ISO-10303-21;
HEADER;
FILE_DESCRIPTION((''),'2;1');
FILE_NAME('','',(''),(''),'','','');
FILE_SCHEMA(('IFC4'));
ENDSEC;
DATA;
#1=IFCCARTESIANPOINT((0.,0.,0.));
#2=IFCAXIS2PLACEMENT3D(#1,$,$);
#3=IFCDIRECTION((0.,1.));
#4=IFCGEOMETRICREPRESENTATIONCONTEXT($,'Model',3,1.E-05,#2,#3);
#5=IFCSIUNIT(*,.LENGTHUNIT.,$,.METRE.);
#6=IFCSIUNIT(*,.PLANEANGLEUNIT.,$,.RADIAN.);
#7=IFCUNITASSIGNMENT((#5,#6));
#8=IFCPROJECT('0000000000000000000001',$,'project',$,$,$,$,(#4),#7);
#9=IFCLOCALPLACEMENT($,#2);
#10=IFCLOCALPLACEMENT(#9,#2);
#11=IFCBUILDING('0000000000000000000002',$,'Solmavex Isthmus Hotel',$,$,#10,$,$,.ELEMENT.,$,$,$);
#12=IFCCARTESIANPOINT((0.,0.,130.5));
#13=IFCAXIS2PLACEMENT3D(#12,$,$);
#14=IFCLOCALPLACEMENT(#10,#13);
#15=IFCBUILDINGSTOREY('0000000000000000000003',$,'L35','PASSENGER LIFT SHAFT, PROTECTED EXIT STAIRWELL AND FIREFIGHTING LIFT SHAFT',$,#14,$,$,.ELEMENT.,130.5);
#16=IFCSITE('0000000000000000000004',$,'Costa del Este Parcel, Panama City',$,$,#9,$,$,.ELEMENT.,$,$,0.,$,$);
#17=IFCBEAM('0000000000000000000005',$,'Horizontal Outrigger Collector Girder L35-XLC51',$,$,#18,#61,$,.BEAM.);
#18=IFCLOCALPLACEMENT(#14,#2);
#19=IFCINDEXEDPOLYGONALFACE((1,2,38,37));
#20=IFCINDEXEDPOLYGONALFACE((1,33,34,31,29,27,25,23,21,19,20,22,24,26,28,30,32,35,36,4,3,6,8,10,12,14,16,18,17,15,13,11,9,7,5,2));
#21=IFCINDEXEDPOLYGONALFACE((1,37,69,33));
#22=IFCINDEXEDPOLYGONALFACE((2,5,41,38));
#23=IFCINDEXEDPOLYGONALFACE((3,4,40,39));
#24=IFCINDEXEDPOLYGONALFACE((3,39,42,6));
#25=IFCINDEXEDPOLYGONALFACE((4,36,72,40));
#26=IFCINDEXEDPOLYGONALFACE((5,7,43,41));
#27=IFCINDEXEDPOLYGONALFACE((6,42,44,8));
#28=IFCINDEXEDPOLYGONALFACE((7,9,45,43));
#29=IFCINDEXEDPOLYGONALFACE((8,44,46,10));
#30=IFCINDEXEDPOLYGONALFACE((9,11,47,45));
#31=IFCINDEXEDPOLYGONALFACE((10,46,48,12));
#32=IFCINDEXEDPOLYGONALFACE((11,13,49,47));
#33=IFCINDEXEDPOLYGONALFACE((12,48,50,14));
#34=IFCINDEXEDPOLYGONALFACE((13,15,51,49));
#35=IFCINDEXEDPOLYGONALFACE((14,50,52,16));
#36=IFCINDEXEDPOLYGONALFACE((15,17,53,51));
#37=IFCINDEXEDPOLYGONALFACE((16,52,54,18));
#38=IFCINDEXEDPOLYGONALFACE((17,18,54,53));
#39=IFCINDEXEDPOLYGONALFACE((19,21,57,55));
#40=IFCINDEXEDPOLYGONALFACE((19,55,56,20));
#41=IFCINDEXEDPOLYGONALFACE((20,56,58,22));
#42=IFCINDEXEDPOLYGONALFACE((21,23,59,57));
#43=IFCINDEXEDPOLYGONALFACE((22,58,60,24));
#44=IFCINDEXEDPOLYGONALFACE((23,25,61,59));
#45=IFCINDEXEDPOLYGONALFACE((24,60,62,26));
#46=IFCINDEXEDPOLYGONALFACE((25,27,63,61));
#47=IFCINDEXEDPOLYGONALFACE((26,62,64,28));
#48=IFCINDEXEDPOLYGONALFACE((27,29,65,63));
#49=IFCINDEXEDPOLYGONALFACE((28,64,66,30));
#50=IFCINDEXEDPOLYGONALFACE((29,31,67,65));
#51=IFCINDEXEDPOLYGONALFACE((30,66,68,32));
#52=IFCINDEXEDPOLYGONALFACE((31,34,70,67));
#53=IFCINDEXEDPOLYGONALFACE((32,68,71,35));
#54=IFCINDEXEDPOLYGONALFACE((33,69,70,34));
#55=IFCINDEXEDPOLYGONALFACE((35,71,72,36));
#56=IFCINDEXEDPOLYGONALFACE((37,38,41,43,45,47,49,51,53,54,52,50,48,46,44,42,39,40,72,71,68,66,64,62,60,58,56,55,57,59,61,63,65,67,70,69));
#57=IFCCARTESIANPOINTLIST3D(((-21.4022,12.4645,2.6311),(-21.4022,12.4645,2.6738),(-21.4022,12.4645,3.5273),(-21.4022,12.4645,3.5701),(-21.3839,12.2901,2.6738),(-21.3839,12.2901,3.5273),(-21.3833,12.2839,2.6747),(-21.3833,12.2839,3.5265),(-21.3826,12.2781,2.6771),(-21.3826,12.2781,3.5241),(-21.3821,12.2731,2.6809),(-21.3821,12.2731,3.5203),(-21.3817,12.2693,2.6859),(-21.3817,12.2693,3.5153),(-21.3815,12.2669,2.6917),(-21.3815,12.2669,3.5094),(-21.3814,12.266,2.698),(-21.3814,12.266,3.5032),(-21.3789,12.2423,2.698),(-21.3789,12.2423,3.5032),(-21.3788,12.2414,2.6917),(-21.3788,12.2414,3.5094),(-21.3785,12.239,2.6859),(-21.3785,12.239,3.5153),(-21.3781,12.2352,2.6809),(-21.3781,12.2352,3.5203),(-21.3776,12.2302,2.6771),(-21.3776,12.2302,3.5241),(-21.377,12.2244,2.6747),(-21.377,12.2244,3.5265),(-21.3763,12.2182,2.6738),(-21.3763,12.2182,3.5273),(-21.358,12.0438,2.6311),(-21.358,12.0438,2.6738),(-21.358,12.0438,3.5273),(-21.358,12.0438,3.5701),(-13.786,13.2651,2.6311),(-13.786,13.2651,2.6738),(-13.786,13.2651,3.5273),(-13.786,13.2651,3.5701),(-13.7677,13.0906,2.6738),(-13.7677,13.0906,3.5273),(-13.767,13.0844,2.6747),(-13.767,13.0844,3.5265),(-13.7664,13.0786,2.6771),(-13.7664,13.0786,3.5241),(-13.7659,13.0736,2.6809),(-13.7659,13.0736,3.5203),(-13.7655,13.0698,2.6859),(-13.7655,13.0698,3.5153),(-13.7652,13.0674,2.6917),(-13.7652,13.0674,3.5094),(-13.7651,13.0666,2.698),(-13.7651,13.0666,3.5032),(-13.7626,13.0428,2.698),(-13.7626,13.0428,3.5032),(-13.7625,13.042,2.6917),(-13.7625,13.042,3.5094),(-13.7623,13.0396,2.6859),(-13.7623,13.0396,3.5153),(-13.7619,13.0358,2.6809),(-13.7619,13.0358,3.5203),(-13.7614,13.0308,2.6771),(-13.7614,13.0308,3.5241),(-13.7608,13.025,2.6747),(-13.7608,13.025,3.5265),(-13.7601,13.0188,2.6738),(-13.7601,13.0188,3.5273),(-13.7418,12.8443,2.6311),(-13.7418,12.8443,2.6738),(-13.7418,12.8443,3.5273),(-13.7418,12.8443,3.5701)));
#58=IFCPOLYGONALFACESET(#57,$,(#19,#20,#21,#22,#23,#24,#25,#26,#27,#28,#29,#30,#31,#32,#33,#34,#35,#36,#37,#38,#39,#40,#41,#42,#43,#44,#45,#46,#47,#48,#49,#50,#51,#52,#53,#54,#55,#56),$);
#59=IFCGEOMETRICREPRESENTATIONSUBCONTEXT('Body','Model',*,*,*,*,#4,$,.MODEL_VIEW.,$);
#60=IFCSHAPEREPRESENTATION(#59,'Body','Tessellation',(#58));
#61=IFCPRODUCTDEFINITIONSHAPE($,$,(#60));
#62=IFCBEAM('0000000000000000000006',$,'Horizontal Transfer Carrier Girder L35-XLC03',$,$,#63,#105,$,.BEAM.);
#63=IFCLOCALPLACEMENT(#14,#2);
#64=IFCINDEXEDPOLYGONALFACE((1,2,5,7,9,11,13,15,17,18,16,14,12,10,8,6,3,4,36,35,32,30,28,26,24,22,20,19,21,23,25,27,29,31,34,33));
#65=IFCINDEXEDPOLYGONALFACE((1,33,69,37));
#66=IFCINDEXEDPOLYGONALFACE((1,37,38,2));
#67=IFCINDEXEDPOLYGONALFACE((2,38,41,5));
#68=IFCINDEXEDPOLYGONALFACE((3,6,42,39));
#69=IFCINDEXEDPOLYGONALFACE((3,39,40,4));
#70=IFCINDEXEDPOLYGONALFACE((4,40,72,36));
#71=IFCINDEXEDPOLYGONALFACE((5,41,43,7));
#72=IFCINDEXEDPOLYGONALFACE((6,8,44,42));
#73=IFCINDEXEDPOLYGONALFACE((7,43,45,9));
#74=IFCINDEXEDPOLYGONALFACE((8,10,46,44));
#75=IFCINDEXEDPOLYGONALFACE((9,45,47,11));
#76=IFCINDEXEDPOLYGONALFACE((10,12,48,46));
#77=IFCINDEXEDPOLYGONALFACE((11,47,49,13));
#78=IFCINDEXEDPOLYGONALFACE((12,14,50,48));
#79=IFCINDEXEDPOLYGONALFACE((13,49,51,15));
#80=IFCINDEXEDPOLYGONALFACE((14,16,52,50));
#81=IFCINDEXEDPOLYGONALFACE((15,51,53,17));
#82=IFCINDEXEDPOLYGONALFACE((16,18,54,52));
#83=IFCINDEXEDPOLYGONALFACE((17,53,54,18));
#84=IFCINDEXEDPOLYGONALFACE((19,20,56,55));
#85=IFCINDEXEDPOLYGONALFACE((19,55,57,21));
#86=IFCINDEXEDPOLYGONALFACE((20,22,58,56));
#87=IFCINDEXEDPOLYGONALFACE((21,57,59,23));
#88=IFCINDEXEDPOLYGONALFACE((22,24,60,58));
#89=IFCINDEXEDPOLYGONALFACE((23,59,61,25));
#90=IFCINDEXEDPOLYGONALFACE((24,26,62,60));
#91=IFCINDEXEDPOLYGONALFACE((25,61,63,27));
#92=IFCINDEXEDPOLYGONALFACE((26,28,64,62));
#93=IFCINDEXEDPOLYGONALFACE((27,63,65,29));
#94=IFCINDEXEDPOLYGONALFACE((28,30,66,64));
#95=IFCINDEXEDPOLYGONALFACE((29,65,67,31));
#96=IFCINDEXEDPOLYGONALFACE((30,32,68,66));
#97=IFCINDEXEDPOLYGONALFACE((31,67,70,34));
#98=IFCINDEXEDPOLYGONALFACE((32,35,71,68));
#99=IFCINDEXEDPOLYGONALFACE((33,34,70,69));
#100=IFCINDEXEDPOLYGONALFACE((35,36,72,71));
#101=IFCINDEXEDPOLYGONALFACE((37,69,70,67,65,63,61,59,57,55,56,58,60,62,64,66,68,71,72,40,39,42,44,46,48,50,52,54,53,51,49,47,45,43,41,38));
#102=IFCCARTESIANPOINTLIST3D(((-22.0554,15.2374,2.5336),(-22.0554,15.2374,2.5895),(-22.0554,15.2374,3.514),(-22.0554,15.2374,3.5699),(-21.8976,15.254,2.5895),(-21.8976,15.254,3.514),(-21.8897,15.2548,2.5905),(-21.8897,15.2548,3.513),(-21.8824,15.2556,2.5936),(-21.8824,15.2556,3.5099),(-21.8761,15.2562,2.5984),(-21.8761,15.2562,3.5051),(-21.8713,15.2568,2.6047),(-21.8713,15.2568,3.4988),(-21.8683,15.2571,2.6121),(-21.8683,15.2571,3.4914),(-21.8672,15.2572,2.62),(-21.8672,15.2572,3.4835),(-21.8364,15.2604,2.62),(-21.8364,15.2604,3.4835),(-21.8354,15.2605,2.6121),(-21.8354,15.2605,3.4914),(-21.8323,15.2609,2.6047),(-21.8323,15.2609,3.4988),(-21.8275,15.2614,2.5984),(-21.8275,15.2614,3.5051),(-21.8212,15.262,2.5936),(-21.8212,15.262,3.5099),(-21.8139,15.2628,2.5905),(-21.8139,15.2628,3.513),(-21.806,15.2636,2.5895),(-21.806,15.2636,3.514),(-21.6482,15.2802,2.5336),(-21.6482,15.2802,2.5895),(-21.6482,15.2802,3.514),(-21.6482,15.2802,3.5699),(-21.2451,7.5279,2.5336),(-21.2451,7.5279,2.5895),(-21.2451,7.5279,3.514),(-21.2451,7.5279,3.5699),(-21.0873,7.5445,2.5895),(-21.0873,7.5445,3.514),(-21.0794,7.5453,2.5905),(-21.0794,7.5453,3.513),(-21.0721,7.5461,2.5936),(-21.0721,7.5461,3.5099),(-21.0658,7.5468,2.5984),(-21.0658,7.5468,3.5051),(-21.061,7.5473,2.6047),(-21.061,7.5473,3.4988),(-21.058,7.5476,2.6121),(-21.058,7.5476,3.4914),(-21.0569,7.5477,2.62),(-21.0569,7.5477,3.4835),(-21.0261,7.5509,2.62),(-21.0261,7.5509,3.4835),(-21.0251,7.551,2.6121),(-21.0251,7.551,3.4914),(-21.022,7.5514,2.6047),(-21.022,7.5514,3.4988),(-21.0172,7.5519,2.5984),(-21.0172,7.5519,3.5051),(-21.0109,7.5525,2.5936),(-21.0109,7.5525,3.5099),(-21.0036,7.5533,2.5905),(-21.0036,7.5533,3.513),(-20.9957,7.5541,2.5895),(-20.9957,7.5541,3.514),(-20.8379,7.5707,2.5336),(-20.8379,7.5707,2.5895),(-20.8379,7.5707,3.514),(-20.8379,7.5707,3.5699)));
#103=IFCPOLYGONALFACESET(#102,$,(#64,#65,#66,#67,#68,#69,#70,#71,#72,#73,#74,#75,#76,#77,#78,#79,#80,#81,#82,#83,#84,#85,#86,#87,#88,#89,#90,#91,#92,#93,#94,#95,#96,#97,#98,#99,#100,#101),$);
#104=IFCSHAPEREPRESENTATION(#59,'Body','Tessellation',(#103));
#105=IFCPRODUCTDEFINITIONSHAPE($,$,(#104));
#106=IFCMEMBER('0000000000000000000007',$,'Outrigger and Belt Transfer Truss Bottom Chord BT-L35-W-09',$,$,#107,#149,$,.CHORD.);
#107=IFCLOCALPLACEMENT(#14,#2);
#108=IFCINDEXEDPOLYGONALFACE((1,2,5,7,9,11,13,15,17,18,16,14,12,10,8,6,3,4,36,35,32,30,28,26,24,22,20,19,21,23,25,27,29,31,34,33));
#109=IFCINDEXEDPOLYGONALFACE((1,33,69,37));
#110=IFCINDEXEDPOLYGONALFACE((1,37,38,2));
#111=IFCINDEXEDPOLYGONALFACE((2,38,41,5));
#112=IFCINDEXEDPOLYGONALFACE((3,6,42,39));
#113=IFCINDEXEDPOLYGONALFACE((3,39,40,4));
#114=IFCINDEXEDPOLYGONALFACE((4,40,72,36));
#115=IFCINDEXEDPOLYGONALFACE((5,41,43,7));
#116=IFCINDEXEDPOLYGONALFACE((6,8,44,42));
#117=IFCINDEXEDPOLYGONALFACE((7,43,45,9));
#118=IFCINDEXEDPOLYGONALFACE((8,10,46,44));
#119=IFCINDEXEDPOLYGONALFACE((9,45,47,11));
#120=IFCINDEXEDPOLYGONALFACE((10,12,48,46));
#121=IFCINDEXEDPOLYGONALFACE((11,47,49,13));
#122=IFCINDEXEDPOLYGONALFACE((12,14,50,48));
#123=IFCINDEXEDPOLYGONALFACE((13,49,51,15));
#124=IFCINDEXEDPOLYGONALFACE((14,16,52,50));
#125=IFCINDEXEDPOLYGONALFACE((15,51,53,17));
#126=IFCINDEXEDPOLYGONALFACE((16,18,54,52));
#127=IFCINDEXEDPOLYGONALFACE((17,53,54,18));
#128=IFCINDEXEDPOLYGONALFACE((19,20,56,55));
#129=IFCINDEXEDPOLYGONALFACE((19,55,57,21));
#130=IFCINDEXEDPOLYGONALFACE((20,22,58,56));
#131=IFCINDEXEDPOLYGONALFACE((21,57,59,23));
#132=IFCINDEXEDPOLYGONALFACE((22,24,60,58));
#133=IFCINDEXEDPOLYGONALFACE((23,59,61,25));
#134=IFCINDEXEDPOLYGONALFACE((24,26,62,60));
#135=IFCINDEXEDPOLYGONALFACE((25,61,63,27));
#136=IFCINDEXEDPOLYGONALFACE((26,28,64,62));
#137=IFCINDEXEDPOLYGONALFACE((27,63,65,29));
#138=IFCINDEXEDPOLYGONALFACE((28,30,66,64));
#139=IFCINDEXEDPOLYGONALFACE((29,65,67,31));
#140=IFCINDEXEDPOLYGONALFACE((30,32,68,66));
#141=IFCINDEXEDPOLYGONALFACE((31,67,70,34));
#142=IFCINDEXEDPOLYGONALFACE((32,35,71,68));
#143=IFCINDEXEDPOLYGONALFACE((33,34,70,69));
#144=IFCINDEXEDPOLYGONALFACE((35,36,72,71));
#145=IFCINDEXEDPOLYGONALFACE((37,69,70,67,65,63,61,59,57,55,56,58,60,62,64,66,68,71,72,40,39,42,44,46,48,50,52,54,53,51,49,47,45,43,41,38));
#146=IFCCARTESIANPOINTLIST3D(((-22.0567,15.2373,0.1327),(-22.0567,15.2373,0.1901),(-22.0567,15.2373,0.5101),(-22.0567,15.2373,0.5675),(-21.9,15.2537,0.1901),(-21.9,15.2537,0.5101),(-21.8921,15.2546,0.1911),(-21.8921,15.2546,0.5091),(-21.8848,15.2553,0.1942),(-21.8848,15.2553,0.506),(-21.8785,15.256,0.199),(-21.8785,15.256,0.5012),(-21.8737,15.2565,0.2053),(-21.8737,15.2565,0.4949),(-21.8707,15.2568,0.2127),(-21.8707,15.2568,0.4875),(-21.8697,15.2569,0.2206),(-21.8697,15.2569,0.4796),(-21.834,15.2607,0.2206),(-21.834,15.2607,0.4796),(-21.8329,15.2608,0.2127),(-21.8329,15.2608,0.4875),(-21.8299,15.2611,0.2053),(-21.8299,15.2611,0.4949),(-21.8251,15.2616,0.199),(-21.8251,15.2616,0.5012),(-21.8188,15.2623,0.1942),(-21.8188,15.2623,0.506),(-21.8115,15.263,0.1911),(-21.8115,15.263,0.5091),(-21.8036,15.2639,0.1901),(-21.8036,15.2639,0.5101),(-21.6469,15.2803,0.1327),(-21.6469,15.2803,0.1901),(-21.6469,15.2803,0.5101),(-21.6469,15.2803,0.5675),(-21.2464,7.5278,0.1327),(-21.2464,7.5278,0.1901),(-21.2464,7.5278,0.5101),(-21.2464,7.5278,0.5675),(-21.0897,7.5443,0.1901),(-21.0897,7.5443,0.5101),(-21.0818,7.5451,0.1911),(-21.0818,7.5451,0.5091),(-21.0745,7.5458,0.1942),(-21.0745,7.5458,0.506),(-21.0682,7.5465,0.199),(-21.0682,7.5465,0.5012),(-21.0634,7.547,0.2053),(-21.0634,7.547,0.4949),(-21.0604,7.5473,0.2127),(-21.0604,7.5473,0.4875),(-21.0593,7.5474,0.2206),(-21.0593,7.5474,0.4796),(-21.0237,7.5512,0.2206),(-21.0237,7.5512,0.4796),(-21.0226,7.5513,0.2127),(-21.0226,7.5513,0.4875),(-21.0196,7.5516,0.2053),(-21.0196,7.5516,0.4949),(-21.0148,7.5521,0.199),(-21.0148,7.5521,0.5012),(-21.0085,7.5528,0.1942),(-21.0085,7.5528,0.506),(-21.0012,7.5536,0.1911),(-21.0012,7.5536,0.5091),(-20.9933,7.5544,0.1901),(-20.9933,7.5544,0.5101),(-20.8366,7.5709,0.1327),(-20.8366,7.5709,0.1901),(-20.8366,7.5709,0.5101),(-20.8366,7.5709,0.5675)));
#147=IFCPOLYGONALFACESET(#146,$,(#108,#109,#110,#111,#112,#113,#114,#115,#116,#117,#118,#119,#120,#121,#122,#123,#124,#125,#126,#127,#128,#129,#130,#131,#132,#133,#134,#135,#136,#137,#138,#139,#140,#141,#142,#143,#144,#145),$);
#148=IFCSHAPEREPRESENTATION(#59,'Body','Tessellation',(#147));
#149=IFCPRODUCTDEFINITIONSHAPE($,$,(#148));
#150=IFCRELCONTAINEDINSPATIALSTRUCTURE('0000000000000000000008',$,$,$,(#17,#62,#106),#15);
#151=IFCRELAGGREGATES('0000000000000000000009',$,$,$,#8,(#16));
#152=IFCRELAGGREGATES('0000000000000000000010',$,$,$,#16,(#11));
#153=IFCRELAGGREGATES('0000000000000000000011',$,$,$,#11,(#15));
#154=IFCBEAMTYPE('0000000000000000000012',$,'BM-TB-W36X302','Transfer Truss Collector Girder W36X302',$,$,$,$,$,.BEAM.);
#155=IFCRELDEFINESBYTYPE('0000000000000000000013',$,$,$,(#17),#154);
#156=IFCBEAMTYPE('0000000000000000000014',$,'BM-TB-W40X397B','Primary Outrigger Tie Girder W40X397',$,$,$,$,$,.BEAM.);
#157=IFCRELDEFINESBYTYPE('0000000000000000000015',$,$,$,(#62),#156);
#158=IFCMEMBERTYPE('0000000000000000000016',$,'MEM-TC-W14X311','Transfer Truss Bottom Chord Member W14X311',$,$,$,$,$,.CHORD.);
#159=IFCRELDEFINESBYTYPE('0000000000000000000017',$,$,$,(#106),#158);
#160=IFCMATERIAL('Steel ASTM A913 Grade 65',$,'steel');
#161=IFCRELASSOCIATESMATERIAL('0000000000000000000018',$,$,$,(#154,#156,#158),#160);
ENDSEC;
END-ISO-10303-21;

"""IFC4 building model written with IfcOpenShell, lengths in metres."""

from ifc_helpers import new_model, si_unit, direction, frame, origin, origin_2d, place, context, subcontext, project, spatial, i_section, extrude, material, material_profile, profile_set, type_object, element, save


model = new_model("IFC4")

# Units and contexts
model_context = context("Model", 3, precision=1e-05, world=origin(), true_north=direction((0.0, 1.0)))
body_context = subcontext(model_context, "Body", "Model", "MODEL_VIEW")
ifc_project = project(units=[si_unit("LENGTHUNIT", "METRE"), si_unit("PLANEANGLEUNIT", "RADIAN")], contexts=[model_context])

# Site, building, storey
site_placement = place(None, origin())
site = spatial("IfcSite", under=ifc_project, at=site_placement, Name="Costa del Este Parcel, Panama City", CompositionType="ELEMENT", RefElevation=0.0)
building_placement = place(site_placement, origin())
building = spatial("IfcBuilding", under=site, at=building_placement, Name="Solmavex Isthmus Hotel", CompositionType="ELEMENT")
storey_placement = place(building_placement, frame((0.0, 0.0, 130.5)))
storey = spatial("IfcBuildingStorey", under=building, at=storey_placement, Name="L35", Description="PASSENGER LIFT SHAFT, PROTECTED EXIT STAIRWELL AND FIREFIGHTING LIFT SHAFT", CompositionType="ELEMENT", Elevation=130.5)

# Shared definitions
ifc_material_1 = material(Name="Steel ASTM A913 Grade 65", Category="steel")

# Beams
ifc_material_profile_1 = material_profile(ifc_material_1, i_section(OverallWidth=0.4231, OverallDepth=0.939, WebThickness=0.0239, FlangeThickness=0.0427, FilletRadius=0.0242, at=origin_2d()), Name="W36X302")
ifc_profile_set_1 = profile_set([ifc_material_profile_1], Name="Steel ASTM A913 Grade 65")
beam_type_1 = type_object("IfcBeamType", Name="BM-TB-W36X302", Description="Transfer Truss Collector Girder W36X302", PredefinedType="BEAM", material=ifc_profile_set_1)
beam_1_placement = place(storey_placement, frame((-21.3801, 12.2542, 3.1006), z_axis=(0.994521, 0.104534, 0.0), x_axis=(-0.104534, 0.994521, 0.0)))
element("IfcBeam", 1, at=beam_1_placement, inside=storey, type_object=beam_type_1, Name="Horizontal Outrigger Collector Girder L35-XLC51", PredefinedType="BEAM", context=body_context, shape_type="SweptSolid", body=[
    extrude(i_section(OverallWidth=0.4231, OverallDepth=0.939, WebThickness=0.0239, FlangeThickness=0.0427, FilletRadius=0.0242, at=origin_2d()), origin(), (0.0, 0.0, 1.0), 7.6582),
])
ifc_material_profile_2 = material_profile(ifc_material_1, i_section(OverallWidth=0.4094, OverallDepth=1.0364, WebThickness=0.031, FlangeThickness=0.0559, FilletRadius=0.0305, at=origin_2d()), Name="W40X397")
ifc_profile_set_2 = profile_set([ifc_material_profile_2], Name="Steel ASTM A913 Grade 65")
beam_type_2 = type_object("IfcBeamType", Name="BM-TB-W40X397B", Description="Primary Outrigger Tie Girder W40X397", PredefinedType="BEAM", material=ifc_profile_set_2)
beam_2_placement = place(storey_placement, frame((-21.0415, 7.5493, 3.0518), z_axis=(-0.104529, 0.994522, 0.0), x_axis=(-0.994522, -0.104529, 0.0)))
element("IfcBeam", 2, at=beam_2_placement, inside=storey, type_object=beam_type_2, Name="Horizontal Transfer Carrier Girder L35-XLC03", PredefinedType="BEAM", context=body_context, shape_type="SweptSolid", body=[
    extrude(i_section(OverallWidth=0.4094, OverallDepth=1.0364, WebThickness=0.031, FlangeThickness=0.0559, FilletRadius=0.0305, at=origin_2d()), origin(), (0.0, 0.0, 1.0), 7.752),
])

# Member
ifc_material_profile_3 = material_profile(ifc_material_1, i_section(OverallWidth=0.4121, OverallDepth=0.4348, WebThickness=0.0359, FlangeThickness=0.0574, FilletRadius=0.0305, at=origin_2d()), Name="W14X311")
ifc_profile_set_3 = profile_set([ifc_material_profile_3], Name="Steel ASTM A913 Grade 65")
member_type_1 = type_object("IfcMemberType", Name="MEM-TC-W14X311", Description="Transfer Truss Bottom Chord Member W14X311", PredefinedType="CHORD", material=ifc_profile_set_3)
member_1_placement = place(storey_placement, frame((-21.0415, 7.5493, 0.3501), z_axis=(-0.104529, 0.994522, 0.0), x_axis=(-0.994522, -0.104529, 0.0)))
element("IfcMember", 3, at=member_1_placement, inside=storey, type_object=member_type_1, Name="Outrigger and Belt Transfer Truss Bottom Chord BT-L35-W-09", PredefinedType="CHORD", context=body_context, shape_type="SweptSolid", body=[
    extrude(i_section(OverallWidth=0.4121, OverallDepth=0.4348, WebThickness=0.0359, FlangeThickness=0.0574, FilletRadius=0.0305, at=origin_2d()), origin(), (0.0, 0.0, 1.0), 7.752),
])

save(model, "model.ifc")
